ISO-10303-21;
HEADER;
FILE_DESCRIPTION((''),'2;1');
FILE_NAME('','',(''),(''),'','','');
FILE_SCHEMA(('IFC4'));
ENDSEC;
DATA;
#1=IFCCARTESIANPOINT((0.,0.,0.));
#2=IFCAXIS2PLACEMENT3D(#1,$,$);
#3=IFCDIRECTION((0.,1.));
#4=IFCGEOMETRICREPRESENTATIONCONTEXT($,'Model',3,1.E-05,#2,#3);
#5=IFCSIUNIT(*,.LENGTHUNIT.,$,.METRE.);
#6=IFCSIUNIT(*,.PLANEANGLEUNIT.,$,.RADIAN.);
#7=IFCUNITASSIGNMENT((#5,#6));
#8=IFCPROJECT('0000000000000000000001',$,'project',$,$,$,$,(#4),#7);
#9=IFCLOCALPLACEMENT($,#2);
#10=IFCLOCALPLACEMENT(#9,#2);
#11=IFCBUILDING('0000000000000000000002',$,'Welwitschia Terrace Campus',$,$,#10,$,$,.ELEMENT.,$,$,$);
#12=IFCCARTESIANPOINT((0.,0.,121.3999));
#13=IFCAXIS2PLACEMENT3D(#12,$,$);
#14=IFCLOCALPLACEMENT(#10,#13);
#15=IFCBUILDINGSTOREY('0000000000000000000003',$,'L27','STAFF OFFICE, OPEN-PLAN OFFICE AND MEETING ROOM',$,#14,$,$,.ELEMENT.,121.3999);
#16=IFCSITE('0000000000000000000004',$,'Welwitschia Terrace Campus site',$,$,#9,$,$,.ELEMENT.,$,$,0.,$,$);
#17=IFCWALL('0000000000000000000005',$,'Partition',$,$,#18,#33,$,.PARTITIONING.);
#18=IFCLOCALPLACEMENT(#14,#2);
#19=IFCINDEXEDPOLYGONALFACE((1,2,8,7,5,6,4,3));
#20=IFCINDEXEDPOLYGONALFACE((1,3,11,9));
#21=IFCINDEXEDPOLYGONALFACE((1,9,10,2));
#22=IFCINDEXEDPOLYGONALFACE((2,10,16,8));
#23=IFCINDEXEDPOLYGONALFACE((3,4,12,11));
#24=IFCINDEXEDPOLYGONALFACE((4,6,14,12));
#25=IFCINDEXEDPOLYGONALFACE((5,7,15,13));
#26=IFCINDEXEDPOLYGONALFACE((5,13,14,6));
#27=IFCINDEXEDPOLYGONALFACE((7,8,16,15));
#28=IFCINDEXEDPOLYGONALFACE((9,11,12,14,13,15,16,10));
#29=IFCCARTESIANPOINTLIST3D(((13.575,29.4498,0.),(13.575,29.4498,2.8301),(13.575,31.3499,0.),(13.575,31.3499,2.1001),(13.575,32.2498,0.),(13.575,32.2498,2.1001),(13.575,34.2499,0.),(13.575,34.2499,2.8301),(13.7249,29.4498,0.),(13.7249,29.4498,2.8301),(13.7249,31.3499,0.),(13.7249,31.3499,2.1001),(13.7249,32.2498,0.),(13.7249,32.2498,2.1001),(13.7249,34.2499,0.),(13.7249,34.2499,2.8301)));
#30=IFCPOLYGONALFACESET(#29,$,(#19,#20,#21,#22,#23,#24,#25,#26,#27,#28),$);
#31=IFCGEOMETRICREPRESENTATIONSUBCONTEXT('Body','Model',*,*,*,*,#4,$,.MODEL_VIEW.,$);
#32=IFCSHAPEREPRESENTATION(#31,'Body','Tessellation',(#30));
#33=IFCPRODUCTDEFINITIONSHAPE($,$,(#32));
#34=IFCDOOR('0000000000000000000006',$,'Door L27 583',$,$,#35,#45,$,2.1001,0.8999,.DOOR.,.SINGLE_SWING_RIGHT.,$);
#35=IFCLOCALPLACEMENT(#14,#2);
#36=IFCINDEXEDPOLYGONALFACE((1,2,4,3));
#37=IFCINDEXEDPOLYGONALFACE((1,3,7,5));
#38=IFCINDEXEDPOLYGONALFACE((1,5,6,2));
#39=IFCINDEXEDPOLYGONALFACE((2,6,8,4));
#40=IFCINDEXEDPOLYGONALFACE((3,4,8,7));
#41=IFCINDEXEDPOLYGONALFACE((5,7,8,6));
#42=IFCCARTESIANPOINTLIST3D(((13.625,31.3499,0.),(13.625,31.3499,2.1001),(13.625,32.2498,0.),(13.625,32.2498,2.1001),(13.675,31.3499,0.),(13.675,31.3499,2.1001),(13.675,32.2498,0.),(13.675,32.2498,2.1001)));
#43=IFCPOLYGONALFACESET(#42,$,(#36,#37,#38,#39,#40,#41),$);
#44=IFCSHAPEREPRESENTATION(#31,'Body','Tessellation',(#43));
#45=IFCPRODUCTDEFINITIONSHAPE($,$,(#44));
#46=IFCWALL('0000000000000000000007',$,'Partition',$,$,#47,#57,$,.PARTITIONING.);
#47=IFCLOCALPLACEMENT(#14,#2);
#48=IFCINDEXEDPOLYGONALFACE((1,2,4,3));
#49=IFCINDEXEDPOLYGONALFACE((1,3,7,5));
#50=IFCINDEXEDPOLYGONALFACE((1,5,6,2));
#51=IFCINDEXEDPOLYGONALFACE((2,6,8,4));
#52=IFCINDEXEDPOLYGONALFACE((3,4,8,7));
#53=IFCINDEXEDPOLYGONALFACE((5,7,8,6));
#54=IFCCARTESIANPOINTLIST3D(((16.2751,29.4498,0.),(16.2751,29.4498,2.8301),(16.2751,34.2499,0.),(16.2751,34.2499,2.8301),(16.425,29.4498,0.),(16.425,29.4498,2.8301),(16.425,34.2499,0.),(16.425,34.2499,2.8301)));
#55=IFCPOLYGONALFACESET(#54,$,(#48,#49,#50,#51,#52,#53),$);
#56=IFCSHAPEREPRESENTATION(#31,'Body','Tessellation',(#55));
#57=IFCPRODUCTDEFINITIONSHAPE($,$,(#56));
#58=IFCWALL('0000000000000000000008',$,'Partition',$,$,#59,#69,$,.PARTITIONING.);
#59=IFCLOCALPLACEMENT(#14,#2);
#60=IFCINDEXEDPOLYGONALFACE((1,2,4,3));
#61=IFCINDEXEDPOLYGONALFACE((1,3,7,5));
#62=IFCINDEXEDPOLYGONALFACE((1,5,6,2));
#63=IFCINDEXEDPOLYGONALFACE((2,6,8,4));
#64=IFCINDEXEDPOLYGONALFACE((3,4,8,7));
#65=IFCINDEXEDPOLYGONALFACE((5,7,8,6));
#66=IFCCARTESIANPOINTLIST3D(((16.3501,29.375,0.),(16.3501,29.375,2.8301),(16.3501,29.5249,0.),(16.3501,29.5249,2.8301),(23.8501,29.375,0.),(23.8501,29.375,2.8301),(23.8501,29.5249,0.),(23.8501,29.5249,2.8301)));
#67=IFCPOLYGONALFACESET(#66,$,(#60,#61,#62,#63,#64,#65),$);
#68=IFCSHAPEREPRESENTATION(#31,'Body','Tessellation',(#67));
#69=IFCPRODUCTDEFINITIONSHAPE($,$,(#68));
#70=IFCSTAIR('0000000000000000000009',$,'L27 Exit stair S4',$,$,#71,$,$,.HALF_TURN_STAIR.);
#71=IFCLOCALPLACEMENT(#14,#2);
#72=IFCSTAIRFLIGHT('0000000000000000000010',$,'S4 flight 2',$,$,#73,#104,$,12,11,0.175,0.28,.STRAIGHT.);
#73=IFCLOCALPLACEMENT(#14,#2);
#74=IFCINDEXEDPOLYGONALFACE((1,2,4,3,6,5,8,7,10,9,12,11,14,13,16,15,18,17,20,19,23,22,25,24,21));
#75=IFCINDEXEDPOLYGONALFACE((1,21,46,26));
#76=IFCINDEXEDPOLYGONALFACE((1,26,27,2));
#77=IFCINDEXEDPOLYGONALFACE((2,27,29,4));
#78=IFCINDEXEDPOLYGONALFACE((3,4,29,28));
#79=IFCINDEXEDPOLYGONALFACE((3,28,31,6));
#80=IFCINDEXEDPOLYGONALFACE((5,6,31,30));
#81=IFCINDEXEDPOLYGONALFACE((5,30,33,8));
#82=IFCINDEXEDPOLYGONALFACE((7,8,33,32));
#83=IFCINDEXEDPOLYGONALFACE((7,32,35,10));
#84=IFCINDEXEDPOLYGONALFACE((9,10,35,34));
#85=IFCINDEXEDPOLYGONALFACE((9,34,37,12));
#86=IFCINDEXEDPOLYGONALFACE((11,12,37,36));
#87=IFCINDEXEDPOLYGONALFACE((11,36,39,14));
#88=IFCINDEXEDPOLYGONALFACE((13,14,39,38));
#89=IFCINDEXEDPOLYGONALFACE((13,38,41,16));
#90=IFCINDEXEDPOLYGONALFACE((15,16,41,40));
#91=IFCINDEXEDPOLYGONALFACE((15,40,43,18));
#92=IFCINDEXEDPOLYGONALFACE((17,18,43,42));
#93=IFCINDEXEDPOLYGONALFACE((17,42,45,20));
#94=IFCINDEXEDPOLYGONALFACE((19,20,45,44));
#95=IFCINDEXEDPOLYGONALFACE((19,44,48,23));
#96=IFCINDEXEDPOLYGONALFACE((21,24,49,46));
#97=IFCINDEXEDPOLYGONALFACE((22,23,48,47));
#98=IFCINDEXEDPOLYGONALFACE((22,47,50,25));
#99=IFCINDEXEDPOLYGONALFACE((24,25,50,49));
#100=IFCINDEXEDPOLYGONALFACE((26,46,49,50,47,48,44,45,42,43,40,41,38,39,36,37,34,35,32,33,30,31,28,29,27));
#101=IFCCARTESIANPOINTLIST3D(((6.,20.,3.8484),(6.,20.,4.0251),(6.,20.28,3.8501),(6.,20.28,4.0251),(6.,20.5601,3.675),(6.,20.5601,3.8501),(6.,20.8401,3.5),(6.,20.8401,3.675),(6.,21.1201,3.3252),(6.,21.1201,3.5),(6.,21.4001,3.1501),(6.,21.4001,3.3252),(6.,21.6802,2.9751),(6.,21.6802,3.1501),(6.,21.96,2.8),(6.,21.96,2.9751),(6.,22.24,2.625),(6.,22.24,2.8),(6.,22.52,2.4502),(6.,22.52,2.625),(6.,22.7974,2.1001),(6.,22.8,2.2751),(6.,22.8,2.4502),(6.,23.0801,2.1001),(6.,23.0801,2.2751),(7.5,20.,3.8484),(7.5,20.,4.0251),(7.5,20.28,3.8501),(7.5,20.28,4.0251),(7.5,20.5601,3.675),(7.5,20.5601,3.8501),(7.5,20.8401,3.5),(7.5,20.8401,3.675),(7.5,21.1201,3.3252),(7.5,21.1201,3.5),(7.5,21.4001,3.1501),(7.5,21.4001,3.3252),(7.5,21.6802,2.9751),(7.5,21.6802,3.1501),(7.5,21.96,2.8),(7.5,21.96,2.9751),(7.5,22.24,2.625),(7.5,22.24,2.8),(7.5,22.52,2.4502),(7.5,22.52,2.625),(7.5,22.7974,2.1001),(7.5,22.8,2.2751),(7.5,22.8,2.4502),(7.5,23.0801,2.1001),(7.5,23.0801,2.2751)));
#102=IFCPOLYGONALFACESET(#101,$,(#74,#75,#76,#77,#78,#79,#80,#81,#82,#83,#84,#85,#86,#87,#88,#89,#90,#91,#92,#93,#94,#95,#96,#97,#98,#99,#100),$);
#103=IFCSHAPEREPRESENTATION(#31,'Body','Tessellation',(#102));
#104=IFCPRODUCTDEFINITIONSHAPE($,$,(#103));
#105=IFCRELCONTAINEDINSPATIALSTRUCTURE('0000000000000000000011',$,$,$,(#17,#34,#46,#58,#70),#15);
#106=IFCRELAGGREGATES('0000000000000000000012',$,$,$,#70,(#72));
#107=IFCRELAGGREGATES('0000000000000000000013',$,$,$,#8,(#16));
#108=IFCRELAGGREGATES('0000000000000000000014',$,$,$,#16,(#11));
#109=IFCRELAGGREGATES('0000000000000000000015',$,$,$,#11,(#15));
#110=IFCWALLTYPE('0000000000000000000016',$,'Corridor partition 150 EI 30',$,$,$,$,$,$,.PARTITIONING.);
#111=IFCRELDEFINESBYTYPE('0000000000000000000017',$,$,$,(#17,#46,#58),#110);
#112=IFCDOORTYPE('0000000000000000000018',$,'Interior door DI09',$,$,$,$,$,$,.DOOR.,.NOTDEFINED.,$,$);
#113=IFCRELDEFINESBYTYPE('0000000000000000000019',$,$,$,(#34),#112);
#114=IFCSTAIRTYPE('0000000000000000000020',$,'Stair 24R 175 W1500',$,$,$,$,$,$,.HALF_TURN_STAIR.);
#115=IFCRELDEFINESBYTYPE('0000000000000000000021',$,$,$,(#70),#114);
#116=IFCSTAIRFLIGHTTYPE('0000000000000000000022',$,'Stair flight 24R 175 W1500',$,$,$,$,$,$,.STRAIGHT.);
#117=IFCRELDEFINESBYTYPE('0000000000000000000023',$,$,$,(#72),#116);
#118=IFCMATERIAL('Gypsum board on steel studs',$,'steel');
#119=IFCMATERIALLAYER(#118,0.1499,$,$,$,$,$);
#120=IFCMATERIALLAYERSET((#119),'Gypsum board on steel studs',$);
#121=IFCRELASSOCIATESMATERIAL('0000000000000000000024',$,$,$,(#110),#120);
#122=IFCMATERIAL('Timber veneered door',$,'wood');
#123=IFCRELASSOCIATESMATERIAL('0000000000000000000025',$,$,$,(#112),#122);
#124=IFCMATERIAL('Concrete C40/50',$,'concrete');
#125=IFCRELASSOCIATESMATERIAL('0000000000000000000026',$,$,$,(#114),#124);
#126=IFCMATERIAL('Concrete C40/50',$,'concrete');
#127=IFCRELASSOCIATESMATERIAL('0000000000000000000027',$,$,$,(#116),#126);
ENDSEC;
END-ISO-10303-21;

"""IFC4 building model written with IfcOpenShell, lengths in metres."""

from ifc_helpers import new_model, si_unit, direction, frame, frame_2d, origin, place, context, subcontext, project, spatial, polyline, rectangle, outline, extrude, material, layer, layer_set, type_object, element, fill, aggregate, save


model = new_model("IFC4")

# Units and contexts
model_context = context("Model", 3, precision=1e-05, world=origin(), true_north=direction((0.0, 1.0)))
body_context = subcontext(model_context, "Body", "Model", "MODEL_VIEW")
ifc_project = project(units=[si_unit("LENGTHUNIT", "METRE"), si_unit("PLANEANGLEUNIT", "RADIAN")], contexts=[model_context])

# Site, building, storey
site_placement = place(None, origin())
site = spatial("IfcSite", under=ifc_project, at=site_placement, Name="Welwitschia Terrace Campus site", CompositionType="ELEMENT", RefElevation=0.0)
building_placement = place(site_placement, origin())
building = spatial("IfcBuilding", under=site, at=building_placement, Name="Welwitschia Terrace Campus", CompositionType="ELEMENT")
storey_placement = place(building_placement, frame((0.0, 0.0, 121.3999)))
storey = spatial("IfcBuildingStorey", under=building, at=storey_placement, Name="L27", Description="STAFF OFFICE, OPEN-PLAN OFFICE AND MEETING ROOM", CompositionType="ELEMENT", Elevation=121.3999)

# Shared definitions
ifc_material_1 = material(Name="Gypsum board on steel studs", Category="steel")
ifc_layer_1 = layer(ifc_material_1, 0.1499)
ifc_layer_set_1 = layer_set([ifc_layer_1], Name="Gypsum board on steel studs")
wall_type_1 = type_object("IfcWallType", Name="Corridor partition 150 EI 30", PredefinedType="PARTITIONING", material=ifc_layer_set_1)

# Shared definitions
ifc_material_2 = material(Name="Timber veneered door", Category="wood")
door_type = type_object("IfcDoorType", Name="Interior door DI09", OperationType="NOTDEFINED", PredefinedType="DOOR", material=ifc_material_2)

# Wall, opening, door
wall_1_placement = place(storey_placement, frame((13.6499, 29.45, 0.0), z_axis=(0.0, 0.0, 1.0), x_axis=(0.0, 1.0, 0.0)))
wall_1 = element("IfcWall", 1, at=wall_1_placement, inside=storey, type_object=wall_type_1, Name="Partition", PredefinedType="PARTITIONING", context=body_context, shape_type="SweptSolid", body=[
    extrude(rectangle(XDim=4.8, YDim=0.1499, at=frame_2d((2.3999, 0.0))), origin(), (0.0, 0.0, 1.0), 2.8301),
])
opening_1_placement = place(wall_1_placement, frame((1.8999, 0.0, 0.0)))
opening_1 = element("IfcOpeningElement", 2, at=opening_1_placement, cuts=wall_1, PredefinedType="OPENING", context=body_context, shape_type="SweptSolid", body=[
    extrude(rectangle(XDim=0.8999, YDim=2.1001, at=frame_2d((0.45, 1.05))), frame((0.0, 0.085, 0.0), z_axis=(0.0, -1.0, 0.0), x_axis=(1.0, 0.0, 0.0)), (0.0, 0.0, 1.0), 0.1699),
])
door_1_placement = place(opening_1_placement, origin())
door_1 = element("IfcDoor", 3, at=door_1_placement, inside=storey, type_object=door_type, Name="Door L27 583", OperationType="SINGLE_SWING_RIGHT", OverallHeight=2.1001, OverallWidth=0.8999, PredefinedType="DOOR", context=body_context, shape_type="SweptSolid", body=[
    extrude(rectangle(XDim=0.8999, YDim=2.1001, at=frame_2d((0.45, 1.05))), frame((0.0, 0.0249, 0.0), z_axis=(0.0, -1.0, 0.0), x_axis=(1.0, 0.0, 0.0)), (0.0, 0.0, 1.0), 0.05),
])
fill(opening_1, door_1)

# Walls
wall_2_placement = place(storey_placement, frame((16.3501, 29.45, 0.0), z_axis=(0.0, 0.0, 1.0), x_axis=(0.0, 1.0, 0.0)))
element("IfcWall", 4, at=wall_2_placement, inside=storey, type_object=wall_type_1, Name="Partition", PredefinedType="PARTITIONING", context=body_context, shape_type="SweptSolid", body=[
    extrude(rectangle(XDim=4.8, YDim=0.1499, at=frame_2d((2.3999, 0.0))), origin(), (0.0, 0.0, 1.0), 2.8301),
])
wall_3_placement = place(storey_placement, frame((16.3501, 29.45, 0.0), z_axis=(0.0, 0.0, 1.0), x_axis=(1.0, 0.0, 0.0)))
element("IfcWall", 5, at=wall_3_placement, inside=storey, type_object=wall_type_1, Name="Partition", PredefinedType="PARTITIONING", context=body_context, shape_type="SweptSolid", body=[
    extrude(rectangle(XDim=7.5, YDim=0.1499, at=frame_2d((3.75, 0.0))), origin(), (0.0, 0.0, 1.0), 2.8301),
])

# Stair, stair flight
ifc_material_3 = material(Name="Concrete C40/50", Category="concrete")
stair_type = type_object("IfcStairType", Name="Stair 24R 175 W1500", PredefinedType="HALF_TURN_STAIR", material=ifc_material_3)
stair_placement = place(storey_placement, origin())
stair = element("IfcStair", 6, at=stair_placement, inside=storey, type_object=stair_type, Name="L27 Exit stair S4", PredefinedType="HALF_TURN_STAIR")
ifc_material_4 = material(Name="Concrete C40/50", Category="concrete")
stair_flight_type = type_object("IfcStairFlightType", Name="Stair flight 24R 175 W1500", PredefinedType="STRAIGHT", material=ifc_material_4)
stair_flight_placement = place(storey_placement, frame((6.75, 23.0801, 2.1001), z_axis=(0.0, 0.0, 1.0), x_axis=(0.0, -1.0, 0.0)))
stair_flight = element("IfcStairFlight", 7, at=stair_flight_placement, type_object=stair_flight_type, Name="S4 flight 2", NumberOfRisers=12, NumberOfTreads=11, PredefinedType="STRAIGHT", RiserHeight=0.175, TreadLength=0.28, context=body_context, shape_type="SweptSolid", body=[
    extrude(outline(polyline([(0.0, 0.0), (0.0, 0.175), (0.28, 0.175), (0.28, 0.3501), (0.5601, 0.3501), (0.5601, 0.5249), (0.8401, 0.5249), (0.8401, 0.7), (1.1201, 0.7), (1.1201, 0.875), (1.3999, 0.875), (1.3999, 1.05), (1.6799, 1.05), (1.6799, 1.2251), (1.96, 1.2251), (1.96, 1.3999), (2.24, 1.3999), (2.24, 1.575), (2.52, 1.575), (2.52, 1.75), (2.8, 1.75), (2.8, 1.925), (3.0801, 1.925), (3.0801, 2.1001), (3.0801, 1.7483), (0.2827, 0.0), (0.0, 0.0)])), frame((0.0, 0.75, 0.0), z_axis=(0.0, -1.0, 0.0), x_axis=(1.0, 0.0, 0.0)), (0.0, 0.0, 1.0), 1.5),
])
aggregate(stair, [stair_flight])

save(model, "model.ifc")
